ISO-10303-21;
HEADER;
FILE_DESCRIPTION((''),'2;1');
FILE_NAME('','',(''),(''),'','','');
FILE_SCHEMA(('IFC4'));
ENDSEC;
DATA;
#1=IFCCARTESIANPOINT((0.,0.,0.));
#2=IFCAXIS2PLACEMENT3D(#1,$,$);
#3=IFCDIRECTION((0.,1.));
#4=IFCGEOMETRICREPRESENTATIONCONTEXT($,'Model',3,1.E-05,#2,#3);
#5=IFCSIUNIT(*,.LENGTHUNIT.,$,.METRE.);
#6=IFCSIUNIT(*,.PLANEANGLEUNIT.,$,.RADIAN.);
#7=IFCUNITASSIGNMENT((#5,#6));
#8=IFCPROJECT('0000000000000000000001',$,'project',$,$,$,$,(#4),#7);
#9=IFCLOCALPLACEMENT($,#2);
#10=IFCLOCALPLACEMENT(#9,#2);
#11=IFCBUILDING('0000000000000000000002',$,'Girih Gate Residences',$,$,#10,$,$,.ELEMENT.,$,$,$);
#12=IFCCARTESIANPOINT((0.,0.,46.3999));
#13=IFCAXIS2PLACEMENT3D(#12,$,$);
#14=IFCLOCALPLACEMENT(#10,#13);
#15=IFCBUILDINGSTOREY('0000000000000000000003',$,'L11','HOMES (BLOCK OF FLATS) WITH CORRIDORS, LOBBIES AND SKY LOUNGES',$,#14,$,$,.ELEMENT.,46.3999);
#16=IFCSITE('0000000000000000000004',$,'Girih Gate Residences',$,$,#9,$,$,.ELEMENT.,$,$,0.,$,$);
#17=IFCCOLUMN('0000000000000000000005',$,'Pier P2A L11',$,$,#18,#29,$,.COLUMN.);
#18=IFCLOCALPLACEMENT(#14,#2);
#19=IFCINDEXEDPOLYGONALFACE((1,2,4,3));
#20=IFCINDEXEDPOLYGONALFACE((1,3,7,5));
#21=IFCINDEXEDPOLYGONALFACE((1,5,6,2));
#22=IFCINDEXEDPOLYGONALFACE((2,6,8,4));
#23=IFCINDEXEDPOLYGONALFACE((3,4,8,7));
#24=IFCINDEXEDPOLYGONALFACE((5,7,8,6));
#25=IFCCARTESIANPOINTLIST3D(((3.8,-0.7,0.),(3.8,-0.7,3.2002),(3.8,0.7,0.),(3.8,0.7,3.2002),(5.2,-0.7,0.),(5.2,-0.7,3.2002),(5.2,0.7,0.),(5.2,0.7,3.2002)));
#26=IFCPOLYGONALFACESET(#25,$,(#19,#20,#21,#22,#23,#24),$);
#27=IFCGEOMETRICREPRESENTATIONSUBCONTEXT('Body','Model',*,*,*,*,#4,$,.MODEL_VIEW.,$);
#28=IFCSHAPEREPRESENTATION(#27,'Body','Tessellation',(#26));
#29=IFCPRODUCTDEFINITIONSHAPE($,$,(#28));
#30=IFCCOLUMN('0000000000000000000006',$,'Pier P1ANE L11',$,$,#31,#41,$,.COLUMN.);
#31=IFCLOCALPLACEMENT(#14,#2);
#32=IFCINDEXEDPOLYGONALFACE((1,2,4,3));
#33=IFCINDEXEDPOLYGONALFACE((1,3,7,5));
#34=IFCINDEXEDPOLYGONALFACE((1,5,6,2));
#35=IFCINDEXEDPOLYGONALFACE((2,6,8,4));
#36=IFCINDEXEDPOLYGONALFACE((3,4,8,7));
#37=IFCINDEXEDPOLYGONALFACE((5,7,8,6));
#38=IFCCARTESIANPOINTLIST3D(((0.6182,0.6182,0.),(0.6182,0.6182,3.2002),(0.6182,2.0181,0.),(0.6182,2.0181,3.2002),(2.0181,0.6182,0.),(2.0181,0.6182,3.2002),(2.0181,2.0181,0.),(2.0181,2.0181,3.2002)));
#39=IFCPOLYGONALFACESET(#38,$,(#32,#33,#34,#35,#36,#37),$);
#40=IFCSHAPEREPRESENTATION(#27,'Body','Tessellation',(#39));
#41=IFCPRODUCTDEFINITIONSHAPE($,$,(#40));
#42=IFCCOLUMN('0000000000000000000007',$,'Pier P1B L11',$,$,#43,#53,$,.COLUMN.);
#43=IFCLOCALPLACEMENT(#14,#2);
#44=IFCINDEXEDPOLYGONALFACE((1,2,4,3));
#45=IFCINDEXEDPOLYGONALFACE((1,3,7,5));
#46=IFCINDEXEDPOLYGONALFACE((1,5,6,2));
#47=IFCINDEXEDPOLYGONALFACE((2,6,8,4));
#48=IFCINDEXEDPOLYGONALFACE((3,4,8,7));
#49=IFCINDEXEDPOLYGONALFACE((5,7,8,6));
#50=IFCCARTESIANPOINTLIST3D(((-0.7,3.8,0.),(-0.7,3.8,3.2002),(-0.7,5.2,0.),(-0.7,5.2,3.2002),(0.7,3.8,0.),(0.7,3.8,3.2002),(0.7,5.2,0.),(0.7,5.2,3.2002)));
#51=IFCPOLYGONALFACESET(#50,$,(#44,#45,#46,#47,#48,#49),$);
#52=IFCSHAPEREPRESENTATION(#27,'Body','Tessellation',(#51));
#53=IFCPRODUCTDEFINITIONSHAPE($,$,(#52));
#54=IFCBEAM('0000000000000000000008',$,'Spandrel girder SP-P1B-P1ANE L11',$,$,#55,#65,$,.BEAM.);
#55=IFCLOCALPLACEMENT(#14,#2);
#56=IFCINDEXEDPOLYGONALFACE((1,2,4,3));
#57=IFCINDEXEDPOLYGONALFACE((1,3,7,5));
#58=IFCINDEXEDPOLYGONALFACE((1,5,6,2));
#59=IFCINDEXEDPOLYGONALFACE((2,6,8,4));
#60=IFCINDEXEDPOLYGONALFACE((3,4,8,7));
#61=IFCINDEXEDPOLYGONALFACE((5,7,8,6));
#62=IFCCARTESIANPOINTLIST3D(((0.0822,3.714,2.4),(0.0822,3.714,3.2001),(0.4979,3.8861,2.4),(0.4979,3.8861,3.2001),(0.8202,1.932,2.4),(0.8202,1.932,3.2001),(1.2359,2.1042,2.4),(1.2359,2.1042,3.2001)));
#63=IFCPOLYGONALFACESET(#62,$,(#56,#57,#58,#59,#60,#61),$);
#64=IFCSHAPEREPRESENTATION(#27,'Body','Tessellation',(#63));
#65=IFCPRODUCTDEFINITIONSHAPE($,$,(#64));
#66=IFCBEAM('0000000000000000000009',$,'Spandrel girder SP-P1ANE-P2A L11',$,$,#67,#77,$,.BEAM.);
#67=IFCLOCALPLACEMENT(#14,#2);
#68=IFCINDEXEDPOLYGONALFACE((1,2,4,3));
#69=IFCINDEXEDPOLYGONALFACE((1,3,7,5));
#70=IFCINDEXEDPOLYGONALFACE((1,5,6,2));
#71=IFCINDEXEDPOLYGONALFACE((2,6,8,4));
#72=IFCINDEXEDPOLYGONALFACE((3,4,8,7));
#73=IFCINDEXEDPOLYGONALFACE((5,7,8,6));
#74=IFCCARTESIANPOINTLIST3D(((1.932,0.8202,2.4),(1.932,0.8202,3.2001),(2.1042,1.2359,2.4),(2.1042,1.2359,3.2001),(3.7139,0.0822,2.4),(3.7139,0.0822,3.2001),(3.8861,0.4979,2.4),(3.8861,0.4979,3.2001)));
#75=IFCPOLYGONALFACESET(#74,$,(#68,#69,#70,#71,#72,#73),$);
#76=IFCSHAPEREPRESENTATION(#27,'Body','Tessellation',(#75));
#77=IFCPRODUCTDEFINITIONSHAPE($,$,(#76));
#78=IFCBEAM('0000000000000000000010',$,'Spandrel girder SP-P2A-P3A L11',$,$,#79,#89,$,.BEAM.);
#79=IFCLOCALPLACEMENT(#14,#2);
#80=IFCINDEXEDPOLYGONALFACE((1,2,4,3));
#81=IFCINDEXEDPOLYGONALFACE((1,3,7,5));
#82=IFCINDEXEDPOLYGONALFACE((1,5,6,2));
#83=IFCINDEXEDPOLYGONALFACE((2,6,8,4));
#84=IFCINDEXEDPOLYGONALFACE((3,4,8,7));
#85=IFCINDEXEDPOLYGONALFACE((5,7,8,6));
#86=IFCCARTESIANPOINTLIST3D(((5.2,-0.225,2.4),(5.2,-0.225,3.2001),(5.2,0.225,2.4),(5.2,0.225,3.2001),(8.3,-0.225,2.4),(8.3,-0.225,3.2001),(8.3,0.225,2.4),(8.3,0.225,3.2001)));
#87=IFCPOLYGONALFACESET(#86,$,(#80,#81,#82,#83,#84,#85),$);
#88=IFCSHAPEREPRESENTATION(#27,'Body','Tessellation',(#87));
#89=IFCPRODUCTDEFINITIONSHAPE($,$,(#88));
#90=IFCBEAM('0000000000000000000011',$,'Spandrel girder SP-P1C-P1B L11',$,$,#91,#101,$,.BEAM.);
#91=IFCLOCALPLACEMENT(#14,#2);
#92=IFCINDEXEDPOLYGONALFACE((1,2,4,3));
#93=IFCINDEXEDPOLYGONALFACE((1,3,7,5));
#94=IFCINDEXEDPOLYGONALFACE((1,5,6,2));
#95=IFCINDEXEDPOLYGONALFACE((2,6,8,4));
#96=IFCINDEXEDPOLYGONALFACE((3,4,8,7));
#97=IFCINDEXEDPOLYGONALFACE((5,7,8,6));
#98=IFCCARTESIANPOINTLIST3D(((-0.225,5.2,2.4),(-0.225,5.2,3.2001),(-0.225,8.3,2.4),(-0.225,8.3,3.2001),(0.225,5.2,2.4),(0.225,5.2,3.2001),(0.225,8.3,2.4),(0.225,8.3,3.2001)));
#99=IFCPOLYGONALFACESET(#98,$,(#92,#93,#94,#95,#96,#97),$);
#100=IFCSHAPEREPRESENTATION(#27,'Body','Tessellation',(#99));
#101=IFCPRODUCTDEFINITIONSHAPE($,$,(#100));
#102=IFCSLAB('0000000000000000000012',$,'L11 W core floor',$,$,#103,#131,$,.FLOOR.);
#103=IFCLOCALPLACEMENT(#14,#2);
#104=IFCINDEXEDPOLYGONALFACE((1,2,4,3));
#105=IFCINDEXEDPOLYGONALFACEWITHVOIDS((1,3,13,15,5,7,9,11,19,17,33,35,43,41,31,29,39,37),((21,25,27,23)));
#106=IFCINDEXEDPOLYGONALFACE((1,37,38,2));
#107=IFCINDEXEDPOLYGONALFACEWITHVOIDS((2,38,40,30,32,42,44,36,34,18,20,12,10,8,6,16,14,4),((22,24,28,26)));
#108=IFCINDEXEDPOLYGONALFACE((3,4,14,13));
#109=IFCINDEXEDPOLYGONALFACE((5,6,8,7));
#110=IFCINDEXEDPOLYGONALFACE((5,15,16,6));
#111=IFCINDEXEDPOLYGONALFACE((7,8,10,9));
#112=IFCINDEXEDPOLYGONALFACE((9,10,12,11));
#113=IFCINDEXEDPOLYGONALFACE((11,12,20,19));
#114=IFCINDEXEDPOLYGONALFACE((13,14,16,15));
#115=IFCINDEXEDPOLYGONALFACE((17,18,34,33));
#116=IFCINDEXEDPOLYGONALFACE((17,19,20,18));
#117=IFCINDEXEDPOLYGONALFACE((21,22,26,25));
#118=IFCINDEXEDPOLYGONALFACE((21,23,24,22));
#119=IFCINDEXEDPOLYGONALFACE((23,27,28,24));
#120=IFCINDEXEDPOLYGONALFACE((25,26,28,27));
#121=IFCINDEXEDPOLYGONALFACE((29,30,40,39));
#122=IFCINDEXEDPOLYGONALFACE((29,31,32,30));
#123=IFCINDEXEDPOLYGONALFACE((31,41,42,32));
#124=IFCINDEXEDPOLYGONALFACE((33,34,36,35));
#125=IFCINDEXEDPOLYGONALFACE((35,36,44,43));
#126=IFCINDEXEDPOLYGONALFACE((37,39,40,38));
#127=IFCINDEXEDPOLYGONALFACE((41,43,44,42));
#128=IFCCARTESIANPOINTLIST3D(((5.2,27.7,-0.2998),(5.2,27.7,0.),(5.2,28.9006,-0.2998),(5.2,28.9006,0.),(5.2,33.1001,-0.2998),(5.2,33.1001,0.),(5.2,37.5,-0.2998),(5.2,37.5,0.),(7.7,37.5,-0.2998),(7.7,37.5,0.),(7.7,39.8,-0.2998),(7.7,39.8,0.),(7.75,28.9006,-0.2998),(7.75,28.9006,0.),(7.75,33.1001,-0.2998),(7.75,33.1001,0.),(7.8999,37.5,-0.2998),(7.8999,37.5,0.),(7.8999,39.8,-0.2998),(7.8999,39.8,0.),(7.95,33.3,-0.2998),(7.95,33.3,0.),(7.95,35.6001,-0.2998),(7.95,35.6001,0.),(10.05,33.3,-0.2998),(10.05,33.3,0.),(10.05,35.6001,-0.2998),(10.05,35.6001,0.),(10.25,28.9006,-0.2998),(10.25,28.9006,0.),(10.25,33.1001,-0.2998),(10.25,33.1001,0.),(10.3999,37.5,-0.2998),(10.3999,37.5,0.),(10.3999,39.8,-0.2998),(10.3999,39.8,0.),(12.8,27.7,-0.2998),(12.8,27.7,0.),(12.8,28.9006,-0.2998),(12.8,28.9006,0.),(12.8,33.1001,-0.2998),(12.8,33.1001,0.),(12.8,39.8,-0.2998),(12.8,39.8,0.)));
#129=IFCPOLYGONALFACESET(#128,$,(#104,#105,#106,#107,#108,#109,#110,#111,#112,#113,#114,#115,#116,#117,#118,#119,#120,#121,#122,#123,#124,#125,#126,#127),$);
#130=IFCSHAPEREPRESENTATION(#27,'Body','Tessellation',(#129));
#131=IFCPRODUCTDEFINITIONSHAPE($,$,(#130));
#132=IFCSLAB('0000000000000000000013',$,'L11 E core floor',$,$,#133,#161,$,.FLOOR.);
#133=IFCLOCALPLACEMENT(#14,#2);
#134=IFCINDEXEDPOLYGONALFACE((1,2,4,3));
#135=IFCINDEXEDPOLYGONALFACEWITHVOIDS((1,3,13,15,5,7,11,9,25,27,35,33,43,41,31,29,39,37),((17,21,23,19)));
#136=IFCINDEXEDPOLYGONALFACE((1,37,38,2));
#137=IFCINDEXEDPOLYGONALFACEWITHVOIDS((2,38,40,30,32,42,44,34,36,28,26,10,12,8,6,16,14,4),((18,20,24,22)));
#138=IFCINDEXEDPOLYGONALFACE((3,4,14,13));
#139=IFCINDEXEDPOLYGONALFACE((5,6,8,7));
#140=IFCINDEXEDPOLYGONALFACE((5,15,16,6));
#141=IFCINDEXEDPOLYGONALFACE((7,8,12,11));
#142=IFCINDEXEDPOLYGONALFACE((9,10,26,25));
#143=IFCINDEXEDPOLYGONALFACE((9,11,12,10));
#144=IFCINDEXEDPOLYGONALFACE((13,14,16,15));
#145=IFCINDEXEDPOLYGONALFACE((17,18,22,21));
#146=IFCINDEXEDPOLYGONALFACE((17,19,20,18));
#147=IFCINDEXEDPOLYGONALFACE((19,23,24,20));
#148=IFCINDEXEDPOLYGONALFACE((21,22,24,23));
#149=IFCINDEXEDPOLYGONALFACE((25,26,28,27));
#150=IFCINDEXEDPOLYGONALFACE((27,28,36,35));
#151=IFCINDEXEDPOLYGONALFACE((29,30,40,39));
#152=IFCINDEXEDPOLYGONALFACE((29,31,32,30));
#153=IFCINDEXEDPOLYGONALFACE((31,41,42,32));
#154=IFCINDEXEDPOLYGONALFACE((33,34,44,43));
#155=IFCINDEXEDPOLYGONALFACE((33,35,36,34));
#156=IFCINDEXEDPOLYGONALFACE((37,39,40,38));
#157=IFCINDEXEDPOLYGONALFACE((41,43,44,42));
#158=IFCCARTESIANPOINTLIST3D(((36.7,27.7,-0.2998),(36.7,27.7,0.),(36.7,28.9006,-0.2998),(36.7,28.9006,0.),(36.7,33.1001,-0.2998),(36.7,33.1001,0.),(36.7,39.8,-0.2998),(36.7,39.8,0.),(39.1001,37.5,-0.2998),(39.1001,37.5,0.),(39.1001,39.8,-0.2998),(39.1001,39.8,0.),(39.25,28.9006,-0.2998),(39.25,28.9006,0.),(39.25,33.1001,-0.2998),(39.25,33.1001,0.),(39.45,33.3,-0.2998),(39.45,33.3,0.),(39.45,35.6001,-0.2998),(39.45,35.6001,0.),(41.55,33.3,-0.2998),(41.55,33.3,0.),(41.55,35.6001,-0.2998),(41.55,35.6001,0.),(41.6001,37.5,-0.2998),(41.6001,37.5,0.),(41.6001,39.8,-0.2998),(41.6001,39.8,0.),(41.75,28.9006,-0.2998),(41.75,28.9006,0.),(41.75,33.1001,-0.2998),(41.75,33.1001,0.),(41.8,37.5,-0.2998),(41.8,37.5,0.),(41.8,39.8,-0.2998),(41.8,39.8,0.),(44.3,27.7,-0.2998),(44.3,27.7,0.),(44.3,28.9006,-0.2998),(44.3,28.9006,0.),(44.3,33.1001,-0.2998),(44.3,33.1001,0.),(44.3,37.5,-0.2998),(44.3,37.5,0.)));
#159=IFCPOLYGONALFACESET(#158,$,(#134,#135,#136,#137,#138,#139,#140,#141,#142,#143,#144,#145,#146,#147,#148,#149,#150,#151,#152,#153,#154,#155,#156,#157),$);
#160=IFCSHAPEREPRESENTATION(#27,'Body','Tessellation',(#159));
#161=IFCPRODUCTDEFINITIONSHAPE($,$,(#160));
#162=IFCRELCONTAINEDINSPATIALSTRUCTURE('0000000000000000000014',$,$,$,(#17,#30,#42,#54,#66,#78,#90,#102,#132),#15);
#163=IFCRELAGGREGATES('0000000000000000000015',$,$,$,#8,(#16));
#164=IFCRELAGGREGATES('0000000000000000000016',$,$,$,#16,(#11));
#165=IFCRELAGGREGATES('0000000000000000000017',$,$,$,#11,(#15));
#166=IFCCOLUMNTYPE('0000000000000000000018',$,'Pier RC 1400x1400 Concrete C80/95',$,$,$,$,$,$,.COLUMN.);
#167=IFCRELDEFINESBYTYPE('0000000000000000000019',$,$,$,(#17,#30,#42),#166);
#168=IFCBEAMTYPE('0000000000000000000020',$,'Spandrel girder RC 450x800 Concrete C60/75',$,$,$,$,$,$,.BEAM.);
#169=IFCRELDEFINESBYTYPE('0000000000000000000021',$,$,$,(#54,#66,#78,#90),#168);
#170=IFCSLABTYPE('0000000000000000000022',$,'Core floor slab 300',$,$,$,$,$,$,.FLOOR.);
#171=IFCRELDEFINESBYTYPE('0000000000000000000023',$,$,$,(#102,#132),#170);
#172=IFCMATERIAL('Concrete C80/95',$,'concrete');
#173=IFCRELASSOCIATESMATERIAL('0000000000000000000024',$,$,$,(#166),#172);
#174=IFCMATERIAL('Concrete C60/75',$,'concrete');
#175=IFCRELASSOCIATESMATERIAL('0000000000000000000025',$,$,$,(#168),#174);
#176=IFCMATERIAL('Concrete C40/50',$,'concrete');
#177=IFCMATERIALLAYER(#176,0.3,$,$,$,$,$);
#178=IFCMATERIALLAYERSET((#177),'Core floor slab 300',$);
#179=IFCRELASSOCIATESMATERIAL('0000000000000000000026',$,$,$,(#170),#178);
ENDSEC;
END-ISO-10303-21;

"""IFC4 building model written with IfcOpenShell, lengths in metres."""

from ifc_helpers import new_model, si_unit, direction, frame, origin, origin_2d, place, context, subcontext, project, spatial, polyline, rectangle, outline, extrude, material, layer, layer_set, material_profile, profile_set, type_object, element, save


model = new_model("IFC4")

# Units and contexts
model_context = context("Model", 3, precision=1e-05, world=origin(), true_north=direction((0.0, 1.0)))
body_context = subcontext(model_context, "Body", "Model", "MODEL_VIEW")
ifc_project = project(units=[si_unit("LENGTHUNIT", "METRE"), si_unit("PLANEANGLEUNIT", "RADIAN")], contexts=[model_context])

# Site, building, storey
site_placement = place(None, origin())
site = spatial("IfcSite", under=ifc_project, at=site_placement, Name="Girih Gate Residences", CompositionType="ELEMENT", RefElevation=0.0)
building_placement = place(site_placement, origin())
building = spatial("IfcBuilding", under=site, at=building_placement, Name="Girih Gate Residences", CompositionType="ELEMENT")
storey_placement = place(building_placement, frame((0.0, 0.0, 46.3999)))
storey = spatial("IfcBuildingStorey", under=building, at=storey_placement, Name="L11", Description="HOMES (BLOCK OF FLATS) WITH CORRIDORS, LOBBIES AND SKY LOUNGES", CompositionType="ELEMENT", Elevation=46.3999)

# Columns
ifc_material_1 = material(Name="Concrete C80/95", Category="concrete")
ifc_material_profile_1 = material_profile(ifc_material_1, rectangle(XDim=1.3999, YDim=1.3999, at=origin_2d()))
ifc_profile_set_1 = profile_set([ifc_material_profile_1], Name="Concrete C80/95")
column_type = type_object("IfcColumnType", Name="Pier RC 1400x1400 Concrete C80/95", PredefinedType="COLUMN", material=ifc_profile_set_1)
for number, where, z_axis, x_axis, name in (
    (1, (4.5, 0.0, 0.0), (0.0, 0.0, 1.0), (1.0, 0.0, 0.0), "Pier P2A L11"),
    (2, (1.3181, 1.3181, 0.0), (0.0, 0.0, 1.0), (1.0, 0.0, 0.0), "Pier P1ANE L11"),
    (3, (0.0, 4.5, 0.0), (0.0, 0.0, 1.0), (1.0, 0.0, 0.0), "Pier P1B L11"),
):
    element("IfcColumn", number, at=place(storey_placement, frame(where, z_axis=z_axis, x_axis=x_axis)), inside=storey, type_object=column_type, Name=name, PredefinedType="COLUMN", context=body_context, shape_type="SweptSolid", body=[
        extrude(rectangle(XDim=1.3999, YDim=1.3999, at=origin_2d()), origin(), (0.0, 0.0, 1.0), 3.2002),
    ])

# Beams
ifc_material_2 = material(Name="Concrete C60/75", Category="concrete")
ifc_material_profile_2 = material_profile(ifc_material_2, rectangle(XDim=0.45, YDim=0.8, at=origin_2d()))
ifc_profile_set_2 = profile_set([ifc_material_profile_2], Name="Concrete C60/75")
beam_type = type_object("IfcBeamType", Name="Spandrel girder RC 450x800 Concrete C60/75", PredefinedType="BEAM", material=ifc_profile_set_2)
for number, where, z_axis, x_axis, name in (
    (4, (0.29, 3.8, 2.8), (0.382646, -0.923895, 0.0), (0.923895, 0.382646, 0.0), "Spandrel girder SP-P1B-P1ANE L11"),
    (5, (2.0181, 1.0281, 2.8), (0.923895, -0.382646, 0.0), (0.382646, 0.923895, 0.0), "Spandrel girder SP-P1ANE-P2A L11"),
):
    element("IfcBeam", number, at=place(storey_placement, frame(where, z_axis=z_axis, x_axis=x_axis)), inside=storey, type_object=beam_type, Name=name, PredefinedType="BEAM", context=body_context, shape_type="SweptSolid", body=[
        extrude(rectangle(XDim=0.45, YDim=0.8, at=origin_2d()), origin(), (0.0, 0.0, 1.0), 1.9287),
    ])
for number, where, z_axis, x_axis, name in (
    (6, (5.2, 0.0, 2.8), (1.0, 0.0, 0.0), (0.0, 1.0, 0.0), "Spandrel girder SP-P2A-P3A L11"),
    (7, (0.0, 8.3, 2.8), (0.0, -1.0, 0.0), (1.0, 0.0, 0.0), "Spandrel girder SP-P1C-P1B L11"),
):
    element("IfcBeam", number, at=place(storey_placement, frame(where, z_axis=z_axis, x_axis=x_axis)), inside=storey, type_object=beam_type, Name=name, PredefinedType="BEAM", context=body_context, shape_type="SweptSolid", body=[
        extrude(rectangle(XDim=0.45, YDim=0.8, at=origin_2d()), origin(), (0.0, 0.0, 1.0), 3.1001),
    ])

# Slabs
ifc_material_3 = material(Name="Concrete C40/50", Category="concrete")
ifc_layer_1 = layer(ifc_material_3, 0.3)
ifc_layer_set_1 = layer_set([ifc_layer_1], Name="Core floor slab 300")
slab_type_1 = type_object("IfcSlabType", Name="Core floor slab 300", PredefinedType="FLOOR", material=ifc_layer_set_1)
slab_1_placement = place(storey_placement, frame((0.0, 0.0, -0.2998)))
element("IfcSlab", 8, at=slab_1_placement, inside=storey, type_object=slab_type_1, Name="L11 W core floor", PredefinedType="FLOOR", context=body_context, shape_type="SweptSolid", body=[
    extrude(outline(polyline([(12.8, 27.7), (5.2, 27.7), (5.2, 28.9006), (7.75, 28.9006), (7.75, 33.1001), (5.2, 33.1001), (5.2, 37.5), (7.7, 37.5), (7.7, 39.8), (7.8999, 39.8), (7.8999, 37.5), (10.3999, 37.5), (10.3999, 39.8), (12.8, 39.8), (12.8, 33.1001), (10.25, 33.1001), (10.25, 28.9006), (12.8, 28.9006), (12.8, 27.7)]), holes=[polyline([(7.95, 33.3), (10.05, 33.3), (10.05, 35.6001), (7.95, 35.6001), (7.95, 33.3)])]), origin(), (0.0, 0.0, 1.0), 0.2998),
])
slab_2_placement = place(storey_placement, frame((0.0, 0.0, -0.2998)))
element("IfcSlab", 9, at=slab_2_placement, inside=storey, type_object=slab_type_1, Name="L11 E core floor", PredefinedType="FLOOR", context=body_context, shape_type="SweptSolid", body=[
    extrude(outline(polyline([(44.3, 27.7), (36.7, 27.7), (36.7, 28.9006), (39.25, 28.9006), (39.25, 33.1001), (36.7, 33.1001), (36.7, 39.8), (39.1001, 39.8), (39.1001, 37.5), (41.6001, 37.5), (41.6001, 39.8), (41.8, 39.8), (41.8, 37.5), (44.3, 37.5), (44.3, 33.1001), (41.75, 33.1001), (41.75, 28.9006), (44.3, 28.9006), (44.3, 27.7)]), holes=[polyline([(39.45, 33.3), (41.55, 33.3), (41.55, 35.6001), (39.45, 35.6001), (39.45, 33.3)])]), origin(), (0.0, 0.0, 1.0), 0.2998),
])

save(model, "model.ifc")
